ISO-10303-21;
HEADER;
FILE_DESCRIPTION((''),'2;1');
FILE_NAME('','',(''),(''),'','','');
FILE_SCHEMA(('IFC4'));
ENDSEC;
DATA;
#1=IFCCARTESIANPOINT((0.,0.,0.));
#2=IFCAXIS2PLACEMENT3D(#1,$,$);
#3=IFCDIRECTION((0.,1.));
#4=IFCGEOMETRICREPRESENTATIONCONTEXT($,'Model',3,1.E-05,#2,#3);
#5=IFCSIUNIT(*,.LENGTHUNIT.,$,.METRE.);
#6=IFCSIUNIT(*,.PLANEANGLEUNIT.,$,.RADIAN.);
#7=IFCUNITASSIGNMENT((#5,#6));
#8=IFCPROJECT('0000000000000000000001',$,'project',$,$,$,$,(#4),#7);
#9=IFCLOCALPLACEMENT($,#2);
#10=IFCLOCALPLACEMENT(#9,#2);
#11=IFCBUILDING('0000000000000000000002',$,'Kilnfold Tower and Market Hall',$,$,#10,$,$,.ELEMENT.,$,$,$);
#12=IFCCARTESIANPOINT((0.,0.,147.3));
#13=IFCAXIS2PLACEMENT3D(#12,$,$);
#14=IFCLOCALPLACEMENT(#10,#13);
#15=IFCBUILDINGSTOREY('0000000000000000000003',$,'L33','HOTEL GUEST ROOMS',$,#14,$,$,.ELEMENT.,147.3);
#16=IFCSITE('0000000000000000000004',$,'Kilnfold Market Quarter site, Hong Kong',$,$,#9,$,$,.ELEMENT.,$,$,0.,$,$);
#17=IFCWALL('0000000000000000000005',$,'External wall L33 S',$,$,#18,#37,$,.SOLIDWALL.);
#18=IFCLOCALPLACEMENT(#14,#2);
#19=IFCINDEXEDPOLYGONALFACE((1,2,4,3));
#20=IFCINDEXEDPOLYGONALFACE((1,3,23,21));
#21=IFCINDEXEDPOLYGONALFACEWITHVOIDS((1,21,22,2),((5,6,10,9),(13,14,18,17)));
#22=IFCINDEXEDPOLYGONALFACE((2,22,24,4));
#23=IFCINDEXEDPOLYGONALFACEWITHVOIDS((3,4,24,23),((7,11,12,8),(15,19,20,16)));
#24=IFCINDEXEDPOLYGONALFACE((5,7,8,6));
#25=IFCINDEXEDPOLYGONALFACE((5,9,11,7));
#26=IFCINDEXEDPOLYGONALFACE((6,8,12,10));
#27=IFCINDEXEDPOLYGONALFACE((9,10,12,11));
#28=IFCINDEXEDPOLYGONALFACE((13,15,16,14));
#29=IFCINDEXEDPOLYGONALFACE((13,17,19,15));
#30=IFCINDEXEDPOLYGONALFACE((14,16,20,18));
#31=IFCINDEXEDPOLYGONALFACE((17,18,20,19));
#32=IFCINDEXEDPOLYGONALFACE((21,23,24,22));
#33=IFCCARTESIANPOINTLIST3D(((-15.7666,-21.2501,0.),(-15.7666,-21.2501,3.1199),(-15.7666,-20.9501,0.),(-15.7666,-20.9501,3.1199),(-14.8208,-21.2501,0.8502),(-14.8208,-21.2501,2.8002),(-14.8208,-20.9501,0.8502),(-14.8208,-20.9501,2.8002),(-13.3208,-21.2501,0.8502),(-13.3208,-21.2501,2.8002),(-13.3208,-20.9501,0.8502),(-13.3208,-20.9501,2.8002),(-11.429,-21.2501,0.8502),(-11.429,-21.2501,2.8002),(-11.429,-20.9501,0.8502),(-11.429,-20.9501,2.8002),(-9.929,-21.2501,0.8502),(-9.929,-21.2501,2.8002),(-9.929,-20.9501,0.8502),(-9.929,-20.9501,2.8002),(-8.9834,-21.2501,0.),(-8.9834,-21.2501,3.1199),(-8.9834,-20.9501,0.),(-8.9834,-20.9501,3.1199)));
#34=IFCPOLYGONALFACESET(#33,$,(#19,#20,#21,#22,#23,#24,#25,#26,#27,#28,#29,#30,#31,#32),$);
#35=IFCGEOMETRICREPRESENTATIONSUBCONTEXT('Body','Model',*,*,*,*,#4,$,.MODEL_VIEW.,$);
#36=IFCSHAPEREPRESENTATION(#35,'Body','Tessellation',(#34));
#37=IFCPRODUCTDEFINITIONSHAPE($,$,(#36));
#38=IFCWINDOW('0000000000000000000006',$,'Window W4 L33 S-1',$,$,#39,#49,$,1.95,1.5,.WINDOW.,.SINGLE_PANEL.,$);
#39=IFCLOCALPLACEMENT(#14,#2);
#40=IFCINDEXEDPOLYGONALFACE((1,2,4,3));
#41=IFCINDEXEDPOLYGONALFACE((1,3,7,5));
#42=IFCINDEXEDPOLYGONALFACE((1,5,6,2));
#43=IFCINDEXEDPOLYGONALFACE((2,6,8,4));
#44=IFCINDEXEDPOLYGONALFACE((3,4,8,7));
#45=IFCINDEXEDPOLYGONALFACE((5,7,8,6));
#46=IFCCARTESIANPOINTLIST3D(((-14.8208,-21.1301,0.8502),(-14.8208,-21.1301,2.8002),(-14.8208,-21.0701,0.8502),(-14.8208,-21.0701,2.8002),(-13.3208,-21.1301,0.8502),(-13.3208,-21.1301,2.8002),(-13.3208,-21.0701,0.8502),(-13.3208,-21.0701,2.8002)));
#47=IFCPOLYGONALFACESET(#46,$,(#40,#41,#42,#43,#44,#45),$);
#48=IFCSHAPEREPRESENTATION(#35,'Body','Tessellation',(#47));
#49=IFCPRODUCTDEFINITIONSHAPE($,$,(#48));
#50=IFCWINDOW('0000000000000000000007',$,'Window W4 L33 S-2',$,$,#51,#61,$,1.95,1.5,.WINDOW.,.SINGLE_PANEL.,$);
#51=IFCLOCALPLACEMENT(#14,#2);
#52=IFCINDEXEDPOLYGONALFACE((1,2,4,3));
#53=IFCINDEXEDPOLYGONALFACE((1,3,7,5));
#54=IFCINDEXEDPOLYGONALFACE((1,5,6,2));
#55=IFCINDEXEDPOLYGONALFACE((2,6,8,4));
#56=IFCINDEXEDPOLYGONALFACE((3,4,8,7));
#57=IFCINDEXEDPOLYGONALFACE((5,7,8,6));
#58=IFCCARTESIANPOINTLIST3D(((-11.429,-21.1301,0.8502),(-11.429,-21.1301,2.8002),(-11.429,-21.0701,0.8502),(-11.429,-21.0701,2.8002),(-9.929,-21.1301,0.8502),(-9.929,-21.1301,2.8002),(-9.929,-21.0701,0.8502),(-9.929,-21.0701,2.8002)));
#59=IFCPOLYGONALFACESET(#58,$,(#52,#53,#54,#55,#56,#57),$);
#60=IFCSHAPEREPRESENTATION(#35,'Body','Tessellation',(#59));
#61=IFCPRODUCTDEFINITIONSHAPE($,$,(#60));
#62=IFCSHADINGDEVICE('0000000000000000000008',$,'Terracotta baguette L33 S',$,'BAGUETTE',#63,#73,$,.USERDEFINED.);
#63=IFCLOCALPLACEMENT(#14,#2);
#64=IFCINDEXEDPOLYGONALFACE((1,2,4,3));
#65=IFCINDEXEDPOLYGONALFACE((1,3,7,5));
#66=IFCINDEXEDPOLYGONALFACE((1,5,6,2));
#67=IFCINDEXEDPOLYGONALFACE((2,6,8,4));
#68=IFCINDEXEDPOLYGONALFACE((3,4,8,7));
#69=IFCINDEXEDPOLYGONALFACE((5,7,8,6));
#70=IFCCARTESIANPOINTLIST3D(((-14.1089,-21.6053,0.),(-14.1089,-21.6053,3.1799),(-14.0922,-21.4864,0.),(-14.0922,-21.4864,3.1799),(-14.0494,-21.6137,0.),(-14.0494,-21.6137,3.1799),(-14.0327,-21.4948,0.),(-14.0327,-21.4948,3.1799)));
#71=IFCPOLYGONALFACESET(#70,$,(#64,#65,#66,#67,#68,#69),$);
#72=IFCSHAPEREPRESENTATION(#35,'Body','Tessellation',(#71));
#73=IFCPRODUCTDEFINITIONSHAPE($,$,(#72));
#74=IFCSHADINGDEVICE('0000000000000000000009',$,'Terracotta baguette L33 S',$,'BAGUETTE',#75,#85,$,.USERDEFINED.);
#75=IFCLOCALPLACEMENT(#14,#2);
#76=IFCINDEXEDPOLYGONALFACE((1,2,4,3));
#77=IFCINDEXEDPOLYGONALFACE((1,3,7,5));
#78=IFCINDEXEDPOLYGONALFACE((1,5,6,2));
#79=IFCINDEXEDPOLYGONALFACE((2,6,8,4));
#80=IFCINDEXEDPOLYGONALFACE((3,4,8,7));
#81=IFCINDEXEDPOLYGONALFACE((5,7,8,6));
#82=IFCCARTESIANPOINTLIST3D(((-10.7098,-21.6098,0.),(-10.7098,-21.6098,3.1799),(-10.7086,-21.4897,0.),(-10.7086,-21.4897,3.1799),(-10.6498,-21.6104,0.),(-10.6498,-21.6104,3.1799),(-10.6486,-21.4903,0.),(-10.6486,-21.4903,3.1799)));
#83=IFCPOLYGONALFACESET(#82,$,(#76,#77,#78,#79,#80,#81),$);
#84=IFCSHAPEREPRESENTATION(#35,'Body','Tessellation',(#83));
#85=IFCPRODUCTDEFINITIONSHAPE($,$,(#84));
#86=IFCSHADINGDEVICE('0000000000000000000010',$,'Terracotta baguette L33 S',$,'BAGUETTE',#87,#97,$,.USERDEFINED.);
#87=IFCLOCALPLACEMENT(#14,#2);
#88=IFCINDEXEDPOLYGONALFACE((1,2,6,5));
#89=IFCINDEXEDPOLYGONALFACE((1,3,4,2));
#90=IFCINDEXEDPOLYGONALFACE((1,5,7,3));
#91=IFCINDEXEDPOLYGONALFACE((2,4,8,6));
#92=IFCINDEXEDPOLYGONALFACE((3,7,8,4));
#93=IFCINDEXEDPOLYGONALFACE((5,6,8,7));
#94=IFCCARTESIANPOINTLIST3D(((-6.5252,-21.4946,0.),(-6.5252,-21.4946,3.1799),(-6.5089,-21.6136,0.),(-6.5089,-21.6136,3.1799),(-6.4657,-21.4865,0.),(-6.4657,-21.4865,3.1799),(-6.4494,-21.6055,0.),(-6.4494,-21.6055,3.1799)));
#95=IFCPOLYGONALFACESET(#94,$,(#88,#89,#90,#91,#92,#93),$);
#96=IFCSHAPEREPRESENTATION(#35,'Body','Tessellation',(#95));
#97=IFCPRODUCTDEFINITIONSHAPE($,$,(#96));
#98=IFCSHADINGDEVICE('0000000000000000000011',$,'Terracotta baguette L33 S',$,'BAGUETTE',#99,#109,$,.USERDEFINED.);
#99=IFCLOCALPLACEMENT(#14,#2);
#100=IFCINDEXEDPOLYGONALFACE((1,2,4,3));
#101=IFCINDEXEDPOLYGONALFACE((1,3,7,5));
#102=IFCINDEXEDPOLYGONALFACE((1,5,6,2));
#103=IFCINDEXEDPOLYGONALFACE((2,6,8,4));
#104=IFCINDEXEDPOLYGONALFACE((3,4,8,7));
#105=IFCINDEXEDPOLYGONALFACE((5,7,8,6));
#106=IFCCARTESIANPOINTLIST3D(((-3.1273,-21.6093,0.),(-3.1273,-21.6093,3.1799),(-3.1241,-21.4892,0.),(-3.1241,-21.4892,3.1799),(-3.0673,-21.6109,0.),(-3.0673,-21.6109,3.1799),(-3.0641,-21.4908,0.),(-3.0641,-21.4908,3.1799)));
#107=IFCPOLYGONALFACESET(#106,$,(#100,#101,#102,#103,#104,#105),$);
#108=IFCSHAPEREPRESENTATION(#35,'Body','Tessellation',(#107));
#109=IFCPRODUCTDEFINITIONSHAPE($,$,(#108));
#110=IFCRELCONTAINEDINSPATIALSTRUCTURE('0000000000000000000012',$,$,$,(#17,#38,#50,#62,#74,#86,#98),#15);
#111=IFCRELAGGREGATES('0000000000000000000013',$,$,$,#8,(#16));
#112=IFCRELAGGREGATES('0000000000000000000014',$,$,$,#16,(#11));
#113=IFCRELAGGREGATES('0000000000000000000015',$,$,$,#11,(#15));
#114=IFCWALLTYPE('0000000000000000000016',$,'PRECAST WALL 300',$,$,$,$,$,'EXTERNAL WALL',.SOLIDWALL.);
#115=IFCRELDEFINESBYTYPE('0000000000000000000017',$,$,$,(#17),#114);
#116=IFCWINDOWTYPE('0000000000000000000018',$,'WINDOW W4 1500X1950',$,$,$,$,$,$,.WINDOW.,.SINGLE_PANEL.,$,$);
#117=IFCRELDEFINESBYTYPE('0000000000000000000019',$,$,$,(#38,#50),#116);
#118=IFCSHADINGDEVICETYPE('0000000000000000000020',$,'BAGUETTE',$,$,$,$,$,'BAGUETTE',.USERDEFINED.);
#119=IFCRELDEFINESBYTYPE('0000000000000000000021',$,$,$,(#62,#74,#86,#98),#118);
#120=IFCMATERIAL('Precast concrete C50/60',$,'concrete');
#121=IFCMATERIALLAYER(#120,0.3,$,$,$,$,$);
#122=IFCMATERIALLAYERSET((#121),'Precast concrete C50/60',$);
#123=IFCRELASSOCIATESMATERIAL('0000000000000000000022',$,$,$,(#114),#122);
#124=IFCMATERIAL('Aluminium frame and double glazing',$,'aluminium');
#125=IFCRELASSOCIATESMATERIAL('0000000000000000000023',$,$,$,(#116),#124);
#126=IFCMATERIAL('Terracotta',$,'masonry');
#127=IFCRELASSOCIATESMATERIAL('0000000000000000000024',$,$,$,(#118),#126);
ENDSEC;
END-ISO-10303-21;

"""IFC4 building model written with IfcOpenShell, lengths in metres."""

from ifc_helpers import new_model, si_unit, direction, frame, frame_2d, origin, origin_2d, place, context, subcontext, project, spatial, rectangle, extrude, source, transform, mapped, material, layer, layer_set, material_profile, profile_set, type_object, element, fill, save


model = new_model("IFC4")

# Units and contexts
model_context = context("Model", 3, precision=1e-05, world=origin(), true_north=direction((0.0, 1.0)))
body_context = subcontext(model_context, "Body", "Model", "MODEL_VIEW")
ifc_project = project(units=[si_unit("LENGTHUNIT", "METRE"), si_unit("PLANEANGLEUNIT", "RADIAN")], contexts=[model_context])

# Site, building, storey
site_placement = place(None, origin())
site = spatial("IfcSite", under=ifc_project, at=site_placement, Name="Kilnfold Market Quarter site, Hong Kong", CompositionType="ELEMENT", RefElevation=0.0)
building_placement = place(site_placement, origin())
building = spatial("IfcBuilding", under=site, at=building_placement, Name="Kilnfold Tower and Market Hall", CompositionType="ELEMENT")
storey_placement = place(building_placement, frame((0.0, 0.0, 147.3)))
storey = spatial("IfcBuildingStorey", under=building, at=storey_placement, Name="L33", Description="HOTEL GUEST ROOMS", CompositionType="ELEMENT", Elevation=147.3)

# Wall, openings, windows
ifc_material_1 = material(Name="Precast concrete C50/60", Category="concrete")
ifc_layer_1 = layer(ifc_material_1, 0.3)
ifc_layer_set_1 = layer_set([ifc_layer_1], Name="Precast concrete C50/60")
wall_type_1 = type_object("IfcWallType", Name="PRECAST WALL 300", ElementType="EXTERNAL WALL", PredefinedType="SOLIDWALL", material=ifc_layer_set_1)
ifc_material_2 = material(Name="Aluminium frame and double glazing", Category="aluminium")
window_type = type_object("IfcWindowType", Name="WINDOW W4 1500X1950", PartitioningType="SINGLE_PANEL", PredefinedType="WINDOW", material=ifc_material_2)
shared_shape_1 = source(origin(), body_context, "Body", "SweptSolid", [
    extrude(rectangle(XDim=6.7832, YDim=0.3, at=frame_2d((3.3916, 0.0))), origin(), (0.0, 0.0, 1.0), 3.1199),
])
wall_1_placement = place(storey_placement, frame((-15.7666, -21.1001, 0.0), z_axis=(0.0, 0.0, 1.0), x_axis=(1.0, 0.0, 0.0)))
wall_1 = element("IfcWall", 1, at=wall_1_placement, inside=storey, type_object=wall_type_1, Name="External wall L33 S", PredefinedType="SOLIDWALL", context=body_context, shape_type="MappedRepresentation", body=[
    mapped(shared_shape_1, transform((0.0, 0.0, 0.0))),
])
opening_1_placement = place(wall_1_placement, frame((0.9458, 0.0, 0.8501)))
opening_1 = element("IfcOpeningElement", 2, at=opening_1_placement, cuts=wall_1, PredefinedType="OPENING", context=body_context, shape_type="SweptSolid", body=[
    extrude(rectangle(XDim=1.5, YDim=1.95, at=frame_2d((0.75, 0.9751))), frame((0.0, 0.1602, 0.0), z_axis=(0.0, -1.0, 0.0), x_axis=(1.0, 0.0, 0.0)), (0.0, 0.0, 1.0), 0.3201),
])
opening_2_placement = place(wall_1_placement, frame((4.3376, 0.0, 0.8501)))
opening_2 = element("IfcOpeningElement", 3, at=opening_2_placement, cuts=wall_1, PredefinedType="OPENING", context=body_context, shape_type="SweptSolid", body=[
    extrude(rectangle(XDim=1.5, YDim=1.95, at=frame_2d((0.75, 0.9751))), frame((0.0, 0.1602, 0.0), z_axis=(0.0, -1.0, 0.0), x_axis=(1.0, 0.0, 0.0)), (0.0, 0.0, 1.0), 0.3201),
])
window_1_placement = place(opening_1_placement, origin())
window_1 = element("IfcWindow", 4, at=window_1_placement, inside=storey, type_object=window_type, Name="Window W4 L33 S-1", OverallHeight=1.95, OverallWidth=1.5, PartitioningType="SINGLE_PANEL", PredefinedType="WINDOW", context=body_context, shape_type="SweptSolid", body=[
    extrude(rectangle(XDim=1.5, YDim=1.95, at=frame_2d((0.75, 0.9751))), frame((0.0, 0.03, 0.0), z_axis=(0.0, -1.0, 0.0), x_axis=(1.0, 0.0, 0.0)), (0.0, 0.0, 1.0), 0.0601),
])
fill(opening_1, window_1)
window_2_placement = place(opening_2_placement, origin())
window_2 = element("IfcWindow", 5, at=window_2_placement, inside=storey, type_object=window_type, Name="Window W4 L33 S-2", OverallHeight=1.95, OverallWidth=1.5, PartitioningType="SINGLE_PANEL", PredefinedType="WINDOW", context=body_context, shape_type="SweptSolid", body=[
    extrude(rectangle(XDim=1.5, YDim=1.95, at=frame_2d((0.75, 0.9751))), frame((0.0, 0.03, 0.0), z_axis=(0.0, -1.0, 0.0), x_axis=(1.0, 0.0, 0.0)), (0.0, 0.0, 1.0), 0.0601),
])
fill(opening_2, window_2)

# Shading devices
ifc_material_3 = material(Name="Terracotta", Category="masonry")
ifc_material_profile_1 = material_profile(ifc_material_3, rectangle(XDim=0.0601, YDim=0.1201, at=origin_2d()), Name="BAG 60x120")
ifc_profile_set_1 = profile_set([ifc_material_profile_1], Name="Terracotta")
shading_device_type = type_object("IfcShadingDeviceType", Name="BAGUETTE", ElementType="BAGUETTE", PredefinedType="USERDEFINED", material=ifc_profile_set_1)
shared_shape_2 = source(origin(), body_context, "Body", "SweptSolid", [
    extrude(rectangle(XDim=0.0601, YDim=0.1201, at=origin_2d()), origin(), (0.0, 0.0, 1.0), 3.1799),
])
for number, where, z_axis, x_axis, name in (
    (6, (-14.0708, -21.55, 0.0), (0.0, 0.0, 1.0), (0.990273, -0.139137, 0.0), "Terracotta baguette L33 S"),
    (7, (-10.6792, -21.55, 0.0), (0.0, 0.0, 1.0), (0.99995, -0.009964, 0.0), "Terracotta baguette L33 S"),
    (8, (-6.4873, -21.55, 0.0), (0.0, 0.0, 1.0), (0.990813, 0.135242, 0.0), "Terracotta baguette L33 S"),
    (9, (-3.0957, -21.55, 0.0), (0.0, 0.0, 1.0), (0.999651, -0.026419, 0.0), "Terracotta baguette L33 S"),
):
    element("IfcShadingDevice", number, at=place(storey_placement, frame(where, z_axis=z_axis, x_axis=x_axis)), inside=storey, type_object=shading_device_type, Name=name, ObjectType="BAGUETTE", PredefinedType="USERDEFINED", context=body_context, shape_type="MappedRepresentation", body=[
        mapped(shared_shape_2, transform((0.0, 0.0, 0.0))),
    ])

save(model, "model.ifc")
